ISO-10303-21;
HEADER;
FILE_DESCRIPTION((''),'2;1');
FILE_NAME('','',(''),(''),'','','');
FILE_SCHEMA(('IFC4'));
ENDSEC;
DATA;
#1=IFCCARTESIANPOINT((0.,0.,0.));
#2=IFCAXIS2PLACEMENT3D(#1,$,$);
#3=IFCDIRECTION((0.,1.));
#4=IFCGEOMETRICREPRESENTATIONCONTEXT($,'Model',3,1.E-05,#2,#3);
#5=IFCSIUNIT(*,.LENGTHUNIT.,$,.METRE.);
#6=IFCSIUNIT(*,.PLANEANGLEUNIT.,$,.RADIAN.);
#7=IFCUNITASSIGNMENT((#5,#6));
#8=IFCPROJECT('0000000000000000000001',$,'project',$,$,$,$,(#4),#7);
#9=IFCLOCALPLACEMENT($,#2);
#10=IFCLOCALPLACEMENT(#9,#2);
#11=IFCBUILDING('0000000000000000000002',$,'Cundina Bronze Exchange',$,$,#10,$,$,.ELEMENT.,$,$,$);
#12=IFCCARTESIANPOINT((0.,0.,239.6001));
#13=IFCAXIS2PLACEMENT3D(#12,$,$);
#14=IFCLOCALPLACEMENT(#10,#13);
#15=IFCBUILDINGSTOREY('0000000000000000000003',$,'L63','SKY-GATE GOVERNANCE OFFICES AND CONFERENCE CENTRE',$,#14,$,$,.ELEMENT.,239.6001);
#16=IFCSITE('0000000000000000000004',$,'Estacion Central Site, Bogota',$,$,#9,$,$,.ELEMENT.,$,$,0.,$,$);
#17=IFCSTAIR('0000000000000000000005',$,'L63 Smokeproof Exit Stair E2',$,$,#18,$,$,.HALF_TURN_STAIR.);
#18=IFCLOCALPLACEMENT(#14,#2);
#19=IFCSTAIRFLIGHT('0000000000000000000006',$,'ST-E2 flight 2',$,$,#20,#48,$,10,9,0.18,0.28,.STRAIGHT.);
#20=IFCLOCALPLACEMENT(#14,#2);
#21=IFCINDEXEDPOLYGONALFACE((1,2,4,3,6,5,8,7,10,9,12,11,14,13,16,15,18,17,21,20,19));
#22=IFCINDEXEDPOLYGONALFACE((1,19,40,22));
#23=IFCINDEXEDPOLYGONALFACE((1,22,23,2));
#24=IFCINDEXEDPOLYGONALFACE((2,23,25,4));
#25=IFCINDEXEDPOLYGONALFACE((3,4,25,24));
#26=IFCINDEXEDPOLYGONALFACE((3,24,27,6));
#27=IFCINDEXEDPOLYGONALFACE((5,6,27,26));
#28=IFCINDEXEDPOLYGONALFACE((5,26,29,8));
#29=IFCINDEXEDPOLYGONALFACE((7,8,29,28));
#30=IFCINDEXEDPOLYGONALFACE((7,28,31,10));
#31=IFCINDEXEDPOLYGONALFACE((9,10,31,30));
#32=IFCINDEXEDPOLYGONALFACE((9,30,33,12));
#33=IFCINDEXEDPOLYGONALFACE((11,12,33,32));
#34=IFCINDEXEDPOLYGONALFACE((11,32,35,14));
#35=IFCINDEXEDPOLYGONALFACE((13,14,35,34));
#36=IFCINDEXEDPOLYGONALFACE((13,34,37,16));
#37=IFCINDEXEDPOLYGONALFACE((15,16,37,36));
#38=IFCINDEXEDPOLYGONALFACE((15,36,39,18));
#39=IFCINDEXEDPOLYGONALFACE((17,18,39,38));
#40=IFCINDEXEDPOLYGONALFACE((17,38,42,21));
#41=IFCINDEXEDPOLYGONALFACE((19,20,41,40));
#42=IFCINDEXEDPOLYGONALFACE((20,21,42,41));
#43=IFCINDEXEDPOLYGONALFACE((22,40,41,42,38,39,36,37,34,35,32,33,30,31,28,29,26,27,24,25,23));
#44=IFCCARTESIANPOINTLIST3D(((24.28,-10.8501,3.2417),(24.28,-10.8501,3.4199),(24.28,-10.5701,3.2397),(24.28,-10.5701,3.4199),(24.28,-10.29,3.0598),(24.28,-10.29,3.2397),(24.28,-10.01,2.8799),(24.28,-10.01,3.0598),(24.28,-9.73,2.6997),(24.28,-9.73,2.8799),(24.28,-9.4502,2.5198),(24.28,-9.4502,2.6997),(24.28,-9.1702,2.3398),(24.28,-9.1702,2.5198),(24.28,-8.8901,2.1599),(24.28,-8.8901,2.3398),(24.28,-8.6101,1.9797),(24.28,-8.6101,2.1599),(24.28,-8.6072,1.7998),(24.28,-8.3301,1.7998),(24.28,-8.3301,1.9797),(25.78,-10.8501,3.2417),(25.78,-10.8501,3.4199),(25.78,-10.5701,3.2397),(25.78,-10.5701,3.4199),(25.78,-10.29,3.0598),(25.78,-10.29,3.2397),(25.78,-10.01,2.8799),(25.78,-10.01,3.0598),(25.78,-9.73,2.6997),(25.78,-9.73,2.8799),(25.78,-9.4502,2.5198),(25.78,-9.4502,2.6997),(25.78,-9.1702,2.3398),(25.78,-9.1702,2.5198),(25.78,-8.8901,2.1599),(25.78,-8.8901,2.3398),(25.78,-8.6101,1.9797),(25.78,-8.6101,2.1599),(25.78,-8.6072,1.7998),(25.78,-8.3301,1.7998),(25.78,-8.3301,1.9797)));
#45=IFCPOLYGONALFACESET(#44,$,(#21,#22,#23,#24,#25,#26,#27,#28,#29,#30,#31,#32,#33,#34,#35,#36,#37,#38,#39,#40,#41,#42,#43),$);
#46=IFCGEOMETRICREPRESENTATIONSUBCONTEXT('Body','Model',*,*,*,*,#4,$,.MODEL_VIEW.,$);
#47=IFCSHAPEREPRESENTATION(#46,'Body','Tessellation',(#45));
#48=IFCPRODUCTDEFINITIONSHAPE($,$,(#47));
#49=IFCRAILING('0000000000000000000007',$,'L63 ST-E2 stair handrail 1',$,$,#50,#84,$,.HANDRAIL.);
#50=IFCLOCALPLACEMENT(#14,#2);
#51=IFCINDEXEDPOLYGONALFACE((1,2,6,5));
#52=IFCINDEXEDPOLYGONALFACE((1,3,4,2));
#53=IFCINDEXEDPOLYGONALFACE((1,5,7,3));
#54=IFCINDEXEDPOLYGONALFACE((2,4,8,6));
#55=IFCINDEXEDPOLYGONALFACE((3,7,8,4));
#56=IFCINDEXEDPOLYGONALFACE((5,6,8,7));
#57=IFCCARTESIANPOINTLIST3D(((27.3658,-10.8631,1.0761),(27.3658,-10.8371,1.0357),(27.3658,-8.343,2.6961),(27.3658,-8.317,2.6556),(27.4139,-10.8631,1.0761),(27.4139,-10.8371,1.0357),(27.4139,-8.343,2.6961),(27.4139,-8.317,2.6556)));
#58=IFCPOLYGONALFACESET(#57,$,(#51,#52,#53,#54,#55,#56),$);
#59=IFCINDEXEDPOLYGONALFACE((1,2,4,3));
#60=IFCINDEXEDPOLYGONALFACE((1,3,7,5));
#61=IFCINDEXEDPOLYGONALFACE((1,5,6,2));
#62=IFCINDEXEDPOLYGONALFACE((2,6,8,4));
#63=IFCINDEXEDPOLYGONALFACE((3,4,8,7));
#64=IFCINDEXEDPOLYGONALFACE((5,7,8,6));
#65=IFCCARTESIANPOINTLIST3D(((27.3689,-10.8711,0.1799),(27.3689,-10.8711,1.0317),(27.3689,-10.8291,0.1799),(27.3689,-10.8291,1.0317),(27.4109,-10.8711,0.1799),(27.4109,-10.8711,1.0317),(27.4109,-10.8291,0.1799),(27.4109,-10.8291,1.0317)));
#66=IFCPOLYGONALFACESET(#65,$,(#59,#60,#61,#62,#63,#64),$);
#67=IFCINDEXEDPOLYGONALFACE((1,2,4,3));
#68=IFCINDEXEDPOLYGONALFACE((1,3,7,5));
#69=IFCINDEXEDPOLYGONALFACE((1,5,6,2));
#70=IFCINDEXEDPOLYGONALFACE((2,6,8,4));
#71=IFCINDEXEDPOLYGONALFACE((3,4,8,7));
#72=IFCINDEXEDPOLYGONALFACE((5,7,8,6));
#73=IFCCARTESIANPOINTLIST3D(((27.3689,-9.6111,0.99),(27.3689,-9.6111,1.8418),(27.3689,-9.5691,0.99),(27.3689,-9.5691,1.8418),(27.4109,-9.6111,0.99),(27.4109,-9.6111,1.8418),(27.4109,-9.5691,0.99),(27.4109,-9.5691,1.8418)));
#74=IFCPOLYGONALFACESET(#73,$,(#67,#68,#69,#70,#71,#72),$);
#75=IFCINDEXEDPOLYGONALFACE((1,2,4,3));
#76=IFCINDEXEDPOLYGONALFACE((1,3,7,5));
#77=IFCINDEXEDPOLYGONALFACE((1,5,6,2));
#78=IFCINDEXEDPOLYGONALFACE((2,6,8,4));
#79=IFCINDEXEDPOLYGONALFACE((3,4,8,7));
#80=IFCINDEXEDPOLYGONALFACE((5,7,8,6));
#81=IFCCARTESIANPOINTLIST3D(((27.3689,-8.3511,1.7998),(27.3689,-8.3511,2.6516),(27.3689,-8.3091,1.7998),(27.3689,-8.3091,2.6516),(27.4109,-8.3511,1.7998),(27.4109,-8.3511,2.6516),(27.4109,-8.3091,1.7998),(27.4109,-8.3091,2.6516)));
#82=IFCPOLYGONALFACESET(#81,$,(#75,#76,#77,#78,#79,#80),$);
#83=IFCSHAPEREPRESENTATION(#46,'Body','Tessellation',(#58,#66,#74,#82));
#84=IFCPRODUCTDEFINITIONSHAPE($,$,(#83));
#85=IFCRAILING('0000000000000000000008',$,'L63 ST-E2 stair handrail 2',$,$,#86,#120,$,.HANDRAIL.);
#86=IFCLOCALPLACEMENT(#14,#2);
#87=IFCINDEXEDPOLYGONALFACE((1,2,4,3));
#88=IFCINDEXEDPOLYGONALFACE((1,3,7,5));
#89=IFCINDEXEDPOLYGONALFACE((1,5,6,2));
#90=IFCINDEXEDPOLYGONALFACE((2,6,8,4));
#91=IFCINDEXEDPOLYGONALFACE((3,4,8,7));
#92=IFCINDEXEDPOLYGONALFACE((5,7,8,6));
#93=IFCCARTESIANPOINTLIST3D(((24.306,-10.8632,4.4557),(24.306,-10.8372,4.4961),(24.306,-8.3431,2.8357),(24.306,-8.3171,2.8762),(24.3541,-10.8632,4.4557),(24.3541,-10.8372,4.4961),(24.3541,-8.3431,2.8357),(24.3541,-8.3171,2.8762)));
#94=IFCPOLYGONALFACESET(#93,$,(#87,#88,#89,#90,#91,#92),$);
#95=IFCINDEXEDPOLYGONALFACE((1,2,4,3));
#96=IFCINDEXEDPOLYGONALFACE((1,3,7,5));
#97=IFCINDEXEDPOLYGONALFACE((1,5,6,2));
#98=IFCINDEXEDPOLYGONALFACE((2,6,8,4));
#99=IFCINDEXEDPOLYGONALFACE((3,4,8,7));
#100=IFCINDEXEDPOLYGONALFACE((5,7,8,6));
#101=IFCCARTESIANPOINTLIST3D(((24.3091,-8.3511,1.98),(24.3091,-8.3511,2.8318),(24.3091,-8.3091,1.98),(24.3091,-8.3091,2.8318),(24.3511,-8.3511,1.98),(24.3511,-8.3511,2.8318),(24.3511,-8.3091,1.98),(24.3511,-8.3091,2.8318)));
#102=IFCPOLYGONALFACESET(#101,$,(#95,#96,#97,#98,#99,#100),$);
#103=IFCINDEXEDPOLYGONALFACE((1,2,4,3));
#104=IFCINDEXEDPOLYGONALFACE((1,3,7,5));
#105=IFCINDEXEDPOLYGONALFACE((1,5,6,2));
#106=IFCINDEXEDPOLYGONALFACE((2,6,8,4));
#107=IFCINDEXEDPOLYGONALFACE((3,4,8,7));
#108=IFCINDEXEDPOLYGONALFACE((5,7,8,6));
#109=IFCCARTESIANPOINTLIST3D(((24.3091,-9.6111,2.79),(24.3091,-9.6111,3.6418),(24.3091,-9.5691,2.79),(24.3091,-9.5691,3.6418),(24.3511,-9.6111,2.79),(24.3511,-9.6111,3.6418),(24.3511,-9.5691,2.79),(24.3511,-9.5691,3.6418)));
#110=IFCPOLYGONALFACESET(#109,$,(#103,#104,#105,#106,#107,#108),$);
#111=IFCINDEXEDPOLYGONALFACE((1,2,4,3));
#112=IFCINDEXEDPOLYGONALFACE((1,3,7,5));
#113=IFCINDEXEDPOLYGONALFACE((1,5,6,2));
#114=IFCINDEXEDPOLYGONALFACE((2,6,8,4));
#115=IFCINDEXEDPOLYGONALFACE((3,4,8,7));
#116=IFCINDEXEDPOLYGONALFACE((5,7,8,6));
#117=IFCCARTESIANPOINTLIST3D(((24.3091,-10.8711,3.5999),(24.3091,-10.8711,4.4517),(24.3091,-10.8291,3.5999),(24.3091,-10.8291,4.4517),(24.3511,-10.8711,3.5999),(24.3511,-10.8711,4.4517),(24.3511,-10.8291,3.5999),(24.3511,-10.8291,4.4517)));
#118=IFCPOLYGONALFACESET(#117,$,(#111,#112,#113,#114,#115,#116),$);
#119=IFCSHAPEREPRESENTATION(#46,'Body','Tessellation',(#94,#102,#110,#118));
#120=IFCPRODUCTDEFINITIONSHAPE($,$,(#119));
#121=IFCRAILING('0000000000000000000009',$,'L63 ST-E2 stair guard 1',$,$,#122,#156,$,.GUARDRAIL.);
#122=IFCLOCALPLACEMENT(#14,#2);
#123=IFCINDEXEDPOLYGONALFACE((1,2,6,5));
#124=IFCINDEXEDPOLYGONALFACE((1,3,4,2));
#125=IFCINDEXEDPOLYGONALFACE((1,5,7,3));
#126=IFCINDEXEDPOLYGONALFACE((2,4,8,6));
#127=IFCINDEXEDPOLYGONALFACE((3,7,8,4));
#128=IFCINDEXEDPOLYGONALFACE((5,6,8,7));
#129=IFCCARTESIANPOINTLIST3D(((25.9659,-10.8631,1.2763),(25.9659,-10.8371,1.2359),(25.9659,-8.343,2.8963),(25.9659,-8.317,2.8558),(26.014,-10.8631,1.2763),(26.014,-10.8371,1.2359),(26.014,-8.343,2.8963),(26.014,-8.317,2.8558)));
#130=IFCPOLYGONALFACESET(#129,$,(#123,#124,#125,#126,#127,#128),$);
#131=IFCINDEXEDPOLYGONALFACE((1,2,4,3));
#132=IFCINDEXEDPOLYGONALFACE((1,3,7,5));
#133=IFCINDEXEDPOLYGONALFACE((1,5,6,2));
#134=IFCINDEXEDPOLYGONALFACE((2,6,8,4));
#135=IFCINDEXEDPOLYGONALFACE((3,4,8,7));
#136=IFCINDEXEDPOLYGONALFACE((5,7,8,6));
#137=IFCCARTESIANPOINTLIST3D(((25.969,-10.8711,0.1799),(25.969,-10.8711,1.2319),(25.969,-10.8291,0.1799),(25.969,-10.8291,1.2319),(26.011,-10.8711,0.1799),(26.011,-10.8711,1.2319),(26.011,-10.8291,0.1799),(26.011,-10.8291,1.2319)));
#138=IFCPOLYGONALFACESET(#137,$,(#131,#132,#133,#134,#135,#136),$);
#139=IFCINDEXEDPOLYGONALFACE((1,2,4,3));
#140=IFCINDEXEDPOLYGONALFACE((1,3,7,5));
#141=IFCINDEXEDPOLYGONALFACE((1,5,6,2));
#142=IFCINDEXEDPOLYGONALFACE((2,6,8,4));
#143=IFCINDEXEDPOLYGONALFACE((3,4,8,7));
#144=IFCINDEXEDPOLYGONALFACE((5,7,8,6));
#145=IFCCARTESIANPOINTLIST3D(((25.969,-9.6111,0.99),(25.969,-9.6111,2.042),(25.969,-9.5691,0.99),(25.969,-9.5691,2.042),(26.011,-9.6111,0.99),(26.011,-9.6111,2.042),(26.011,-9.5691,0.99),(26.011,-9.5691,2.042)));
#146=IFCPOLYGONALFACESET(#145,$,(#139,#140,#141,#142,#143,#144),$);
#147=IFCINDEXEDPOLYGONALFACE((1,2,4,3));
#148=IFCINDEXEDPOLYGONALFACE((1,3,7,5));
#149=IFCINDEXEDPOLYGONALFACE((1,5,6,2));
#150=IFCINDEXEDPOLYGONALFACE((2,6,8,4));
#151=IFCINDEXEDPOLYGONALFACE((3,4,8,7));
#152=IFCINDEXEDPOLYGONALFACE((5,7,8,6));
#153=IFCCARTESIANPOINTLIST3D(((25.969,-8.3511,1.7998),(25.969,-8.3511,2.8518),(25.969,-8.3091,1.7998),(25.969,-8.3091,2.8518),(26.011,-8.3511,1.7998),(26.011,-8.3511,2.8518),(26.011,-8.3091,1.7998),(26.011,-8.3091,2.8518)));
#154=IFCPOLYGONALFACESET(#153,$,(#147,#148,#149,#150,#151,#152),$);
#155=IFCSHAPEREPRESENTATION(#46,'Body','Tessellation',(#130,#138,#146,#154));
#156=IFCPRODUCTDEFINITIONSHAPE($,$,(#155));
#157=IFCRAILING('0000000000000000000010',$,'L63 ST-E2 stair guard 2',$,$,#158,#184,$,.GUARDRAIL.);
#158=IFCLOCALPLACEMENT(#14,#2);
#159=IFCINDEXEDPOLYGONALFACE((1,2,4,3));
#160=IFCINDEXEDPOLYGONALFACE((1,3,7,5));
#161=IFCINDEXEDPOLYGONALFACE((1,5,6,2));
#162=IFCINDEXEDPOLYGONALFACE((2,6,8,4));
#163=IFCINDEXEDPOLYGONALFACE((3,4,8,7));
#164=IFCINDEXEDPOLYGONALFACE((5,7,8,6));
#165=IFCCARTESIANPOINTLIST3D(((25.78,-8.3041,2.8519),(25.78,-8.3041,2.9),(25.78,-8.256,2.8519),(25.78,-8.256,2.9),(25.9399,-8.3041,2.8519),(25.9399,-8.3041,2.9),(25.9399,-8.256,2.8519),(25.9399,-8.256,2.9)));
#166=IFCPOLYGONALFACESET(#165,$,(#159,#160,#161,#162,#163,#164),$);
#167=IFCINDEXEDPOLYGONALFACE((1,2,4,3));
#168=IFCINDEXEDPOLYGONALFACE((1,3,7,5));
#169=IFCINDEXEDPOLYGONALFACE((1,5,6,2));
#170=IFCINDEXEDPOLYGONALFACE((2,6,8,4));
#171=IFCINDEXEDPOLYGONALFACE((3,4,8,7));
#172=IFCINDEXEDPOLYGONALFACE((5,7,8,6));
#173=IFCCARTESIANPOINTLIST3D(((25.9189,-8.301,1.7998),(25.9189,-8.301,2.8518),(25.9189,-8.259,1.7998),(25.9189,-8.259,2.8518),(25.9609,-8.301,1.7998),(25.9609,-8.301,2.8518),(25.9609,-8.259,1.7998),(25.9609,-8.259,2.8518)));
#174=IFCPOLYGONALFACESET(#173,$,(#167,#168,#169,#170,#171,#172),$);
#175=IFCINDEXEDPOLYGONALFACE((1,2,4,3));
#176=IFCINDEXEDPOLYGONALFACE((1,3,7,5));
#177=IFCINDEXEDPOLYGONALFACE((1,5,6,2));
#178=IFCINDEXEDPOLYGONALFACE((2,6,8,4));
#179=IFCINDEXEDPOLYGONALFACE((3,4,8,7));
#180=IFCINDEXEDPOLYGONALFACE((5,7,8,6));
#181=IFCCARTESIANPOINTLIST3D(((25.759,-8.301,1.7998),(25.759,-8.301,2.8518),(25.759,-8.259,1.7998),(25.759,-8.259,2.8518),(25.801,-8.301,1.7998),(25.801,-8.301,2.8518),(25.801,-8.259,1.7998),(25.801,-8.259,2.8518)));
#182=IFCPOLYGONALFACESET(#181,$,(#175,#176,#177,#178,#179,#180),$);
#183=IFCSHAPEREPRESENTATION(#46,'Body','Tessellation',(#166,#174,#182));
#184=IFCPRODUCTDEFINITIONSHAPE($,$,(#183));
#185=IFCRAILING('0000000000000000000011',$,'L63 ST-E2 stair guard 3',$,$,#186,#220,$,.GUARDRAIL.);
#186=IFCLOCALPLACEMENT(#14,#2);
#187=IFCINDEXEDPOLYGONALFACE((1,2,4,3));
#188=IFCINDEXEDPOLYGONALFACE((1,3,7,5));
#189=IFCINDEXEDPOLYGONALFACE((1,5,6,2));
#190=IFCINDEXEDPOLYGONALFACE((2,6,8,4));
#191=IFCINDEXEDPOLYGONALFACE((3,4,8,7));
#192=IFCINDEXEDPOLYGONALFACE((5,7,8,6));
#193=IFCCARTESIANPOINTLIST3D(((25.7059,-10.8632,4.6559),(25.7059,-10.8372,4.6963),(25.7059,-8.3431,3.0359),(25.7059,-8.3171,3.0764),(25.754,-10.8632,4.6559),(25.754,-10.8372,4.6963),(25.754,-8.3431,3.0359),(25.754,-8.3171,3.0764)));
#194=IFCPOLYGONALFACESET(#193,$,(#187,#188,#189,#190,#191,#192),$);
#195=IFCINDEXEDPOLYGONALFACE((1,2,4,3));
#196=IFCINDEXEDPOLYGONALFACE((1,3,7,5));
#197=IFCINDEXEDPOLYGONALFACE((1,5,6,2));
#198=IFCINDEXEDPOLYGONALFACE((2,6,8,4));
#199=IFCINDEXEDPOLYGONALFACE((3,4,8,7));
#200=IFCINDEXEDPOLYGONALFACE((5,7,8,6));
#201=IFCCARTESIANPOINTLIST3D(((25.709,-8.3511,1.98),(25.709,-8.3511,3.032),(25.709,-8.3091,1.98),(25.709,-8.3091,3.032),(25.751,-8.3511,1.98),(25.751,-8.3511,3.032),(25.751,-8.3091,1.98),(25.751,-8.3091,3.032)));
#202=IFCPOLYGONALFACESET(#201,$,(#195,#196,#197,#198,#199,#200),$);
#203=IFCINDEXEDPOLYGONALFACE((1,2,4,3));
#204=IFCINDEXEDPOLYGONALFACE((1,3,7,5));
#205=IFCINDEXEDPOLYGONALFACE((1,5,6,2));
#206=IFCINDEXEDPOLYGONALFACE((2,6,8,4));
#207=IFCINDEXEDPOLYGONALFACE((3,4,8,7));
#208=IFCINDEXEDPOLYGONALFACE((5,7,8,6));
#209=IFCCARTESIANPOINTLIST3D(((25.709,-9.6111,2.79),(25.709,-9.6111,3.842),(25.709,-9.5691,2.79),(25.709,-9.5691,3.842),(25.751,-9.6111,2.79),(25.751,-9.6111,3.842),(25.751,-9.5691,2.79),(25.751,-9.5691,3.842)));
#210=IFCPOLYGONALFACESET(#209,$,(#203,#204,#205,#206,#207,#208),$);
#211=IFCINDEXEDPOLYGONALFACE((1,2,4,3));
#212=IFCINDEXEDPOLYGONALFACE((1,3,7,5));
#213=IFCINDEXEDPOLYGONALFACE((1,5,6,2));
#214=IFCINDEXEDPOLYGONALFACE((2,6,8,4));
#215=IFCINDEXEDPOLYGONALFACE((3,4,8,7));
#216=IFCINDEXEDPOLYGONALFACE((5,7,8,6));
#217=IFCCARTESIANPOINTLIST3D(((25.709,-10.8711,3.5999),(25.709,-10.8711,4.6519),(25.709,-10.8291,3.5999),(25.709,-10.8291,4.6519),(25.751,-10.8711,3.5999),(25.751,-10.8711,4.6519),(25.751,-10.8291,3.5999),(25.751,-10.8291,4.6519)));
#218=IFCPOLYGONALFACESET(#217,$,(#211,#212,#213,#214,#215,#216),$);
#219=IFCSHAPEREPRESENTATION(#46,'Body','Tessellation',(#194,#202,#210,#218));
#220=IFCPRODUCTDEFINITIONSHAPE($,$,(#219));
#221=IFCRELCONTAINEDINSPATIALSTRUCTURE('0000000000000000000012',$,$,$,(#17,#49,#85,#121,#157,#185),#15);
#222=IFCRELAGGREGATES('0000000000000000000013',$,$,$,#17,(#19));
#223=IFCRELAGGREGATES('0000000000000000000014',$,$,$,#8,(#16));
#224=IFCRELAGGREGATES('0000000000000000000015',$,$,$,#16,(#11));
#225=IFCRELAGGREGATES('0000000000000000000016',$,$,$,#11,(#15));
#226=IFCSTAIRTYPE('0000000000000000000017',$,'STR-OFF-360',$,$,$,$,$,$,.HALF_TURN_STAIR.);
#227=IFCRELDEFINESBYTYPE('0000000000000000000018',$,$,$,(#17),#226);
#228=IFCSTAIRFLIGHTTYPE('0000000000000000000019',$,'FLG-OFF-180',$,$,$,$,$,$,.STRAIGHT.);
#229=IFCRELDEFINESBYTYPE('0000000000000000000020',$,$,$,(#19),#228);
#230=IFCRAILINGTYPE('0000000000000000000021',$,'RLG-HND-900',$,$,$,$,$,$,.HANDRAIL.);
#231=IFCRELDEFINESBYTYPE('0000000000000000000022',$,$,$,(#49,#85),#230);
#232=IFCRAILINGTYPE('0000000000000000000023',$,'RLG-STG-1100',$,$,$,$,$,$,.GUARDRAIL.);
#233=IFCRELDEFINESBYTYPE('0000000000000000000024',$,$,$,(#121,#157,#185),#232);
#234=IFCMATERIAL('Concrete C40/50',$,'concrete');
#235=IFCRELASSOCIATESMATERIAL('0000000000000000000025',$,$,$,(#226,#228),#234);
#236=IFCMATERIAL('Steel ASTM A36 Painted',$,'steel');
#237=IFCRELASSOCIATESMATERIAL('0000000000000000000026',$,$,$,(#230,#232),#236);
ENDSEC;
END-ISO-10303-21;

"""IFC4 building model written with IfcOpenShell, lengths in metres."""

from ifc_helpers import new_model, si_unit, direction, frame, origin, origin_2d, place, context, subcontext, project, spatial, polyline, rectangle, outline, extrude, material, type_object, element, aggregate, save


model = new_model("IFC4")

# Units and contexts
model_context = context("Model", 3, precision=1e-05, world=origin(), true_north=direction((0.0, 1.0)))
body_context = subcontext(model_context, "Body", "Model", "MODEL_VIEW")
ifc_project = project(units=[si_unit("LENGTHUNIT", "METRE"), si_unit("PLANEANGLEUNIT", "RADIAN")], contexts=[model_context])

# Site, building, storey
site_placement = place(None, origin())
site = spatial("IfcSite", under=ifc_project, at=site_placement, Name="Estacion Central Site, Bogota", CompositionType="ELEMENT", RefElevation=0.0)
building_placement = place(site_placement, origin())
building = spatial("IfcBuilding", under=site, at=building_placement, Name="Cundina Bronze Exchange", CompositionType="ELEMENT")
storey_placement = place(building_placement, frame((0.0, 0.0, 239.6001)))
storey = spatial("IfcBuildingStorey", under=building, at=storey_placement, Name="L63", Description="SKY-GATE GOVERNANCE OFFICES AND CONFERENCE CENTRE", CompositionType="ELEMENT", Elevation=239.6001)

# Shared definitions
ifc_material_1 = material(Name="Steel ASTM A36 Painted", Category="steel")

# Stair, stair flight
ifc_material_2 = material(Name="Concrete C40/50", Category="concrete")
stair_type = type_object("IfcStairType", Name="STR-OFF-360", PredefinedType="HALF_TURN_STAIR", material=ifc_material_2)
stair_placement = place(storey_placement, origin())
stair = element("IfcStair", 1, at=stair_placement, inside=storey, type_object=stair_type, Name="L63 Smokeproof Exit Stair E2", PredefinedType="HALF_TURN_STAIR")
stair_flight_type = type_object("IfcStairFlightType", Name="FLG-OFF-180", PredefinedType="STRAIGHT", material=ifc_material_2)
stair_flight_1_placement = place(storey_placement, frame((25.03, -8.3301, 1.7998), z_axis=(0.0, 0.0, 1.0), x_axis=(0.0, -1.0, 0.0)))
stair_flight_1 = element("IfcStairFlight", 2, at=stair_flight_1_placement, type_object=stair_flight_type, Name="ST-E2 flight 2", NumberOfRisers=10, NumberOfTreads=9, PredefinedType="STRAIGHT", RiserHeight=0.18, TreadLength=0.28, context=body_context, shape_type="SweptSolid", body=[
    extrude(outline(polyline([(0.0, 0.0), (0.0, 0.1799), (0.28, 0.1799), (0.28, 0.3601), (0.5601, 0.3601), (0.5601, 0.54), (0.8401, 0.54), (0.8401, 0.72), (1.1201, 0.72), (1.1201, 0.8999), (1.3999, 0.8999), (1.3999, 1.0801), (1.6799, 1.0801), (1.6799, 1.26), (1.96, 1.26), (1.96, 1.4399), (2.24, 1.4399), (2.24, 1.6201), (2.52, 1.6201), (2.52, 1.8), (2.52, 1.4419), (0.2771, 0.0), (0.0, 0.0)])), frame((0.0, 0.75, 0.0), z_axis=(0.0, -1.0, 0.0), x_axis=(1.0, 0.0, 0.0)), (0.0, 0.0, 1.0), 1.5),
])
aggregate(stair, [stair_flight_1])

# Railings
railing_type_1 = type_object("IfcRailingType", Name="RLG-HND-900", PredefinedType="HANDRAIL", material=ifc_material_1)
railing_1_placement = place(storey_placement, frame((27.3899, -10.8501, 0.1799)))
element("IfcRailing", 3, at=railing_1_placement, inside=storey, type_object=railing_type_1, Name="L63 ST-E2 stair handrail 1", PredefinedType="HANDRAIL", context=body_context, shape_type="SweptSolid", body=[
    extrude(rectangle(XDim=0.0481, YDim=0.0481, at=origin_2d()), frame((0.0, 0.0, 0.876), z_axis=(0.0, 0.8412, 0.540725), x_axis=(-1.0, 0.0, 0.0)), (0.0, 0.0, 1.0), 2.9958),
    extrude(rectangle(XDim=0.042, YDim=0.042, at=origin_2d()), origin(), (0.0, 0.0, 1.0), 0.8518),
    extrude(rectangle(XDim=0.042, YDim=0.042, at=origin_2d()), frame((0.0, 1.26, 0.8101)), (0.0, 0.0, 1.0), 0.8518),
    extrude(rectangle(XDim=0.042, YDim=0.042, at=origin_2d()), frame((0.0, 2.52, 1.6199)), (0.0, 0.0, 1.0), 0.8518),
])
railing_2_placement = place(storey_placement, frame((24.3301, -8.3301, 1.98)))
element("IfcRailing", 4, at=railing_2_placement, inside=storey, type_object=railing_type_1, Name="L63 ST-E2 stair handrail 2", PredefinedType="HANDRAIL", context=body_context, shape_type="SweptSolid", body=[
    extrude(rectangle(XDim=0.0481, YDim=0.0481, at=origin_2d()), frame((0.0, 0.0, 0.876), z_axis=(0.0, -0.8412, 0.540725), x_axis=(1.0, 0.0, 0.0)), (0.0, 0.0, 1.0), 2.9958),
    extrude(rectangle(XDim=0.042, YDim=0.042, at=origin_2d()), origin(), (0.0, 0.0, 1.0), 0.8518),
    extrude(rectangle(XDim=0.042, YDim=0.042, at=origin_2d()), frame((0.0, -1.26, 0.8101)), (0.0, 0.0, 1.0), 0.8518),
    extrude(rectangle(XDim=0.042, YDim=0.042, at=origin_2d()), frame((0.0, -2.52, 1.6199)), (0.0, 0.0, 1.0), 0.8518),
])
railing_type_2 = type_object("IfcRailingType", Name="RLG-STG-1100", PredefinedType="GUARDRAIL", material=ifc_material_1)
railing_3_placement = place(storey_placement, frame((25.99, -10.8501, 0.1799)))
element("IfcRailing", 5, at=railing_3_placement, inside=storey, type_object=railing_type_2, Name="L63 ST-E2 stair guard 1", PredefinedType="GUARDRAIL", context=body_context, shape_type="SweptSolid", body=[
    extrude(rectangle(XDim=0.0481, YDim=0.0481, at=origin_2d()), frame((0.0, 0.0, 1.0762), z_axis=(0.0, 0.8412, 0.540725), x_axis=(-1.0, 0.0, 0.0)), (0.0, 0.0, 1.0), 2.9958),
    extrude(rectangle(XDim=0.042, YDim=0.042, at=origin_2d()), origin(), (0.0, 0.0, 1.0), 1.052),
    extrude(rectangle(XDim=0.042, YDim=0.042, at=origin_2d()), frame((0.0, 1.26, 0.8101)), (0.0, 0.0, 1.0), 1.052),
    extrude(rectangle(XDim=0.042, YDim=0.042, at=origin_2d()), frame((0.0, 2.52, 1.6199)), (0.0, 0.0, 1.0), 1.052),
])
railing_4_placement = place(storey_placement, frame((25.9399, -8.28, 1.7998)))
element("IfcRailing", 6, at=railing_4_placement, inside=storey, type_object=railing_type_2, Name="L63 ST-E2 stair guard 2", PredefinedType="GUARDRAIL", context=body_context, shape_type="SweptSolid", body=[
    extrude(rectangle(XDim=0.0481, YDim=0.0481, at=origin_2d()), frame((0.0, 0.0, 1.0762), z_axis=(-1.0, 0.0, 0.0), x_axis=(0.0, -1.0, 0.0)), (0.0, 0.0, 1.0), 0.1599),
    extrude(rectangle(XDim=0.042, YDim=0.042, at=origin_2d()), origin(), (0.0, 0.0, 1.0), 1.052),
    extrude(rectangle(XDim=0.042, YDim=0.042, at=origin_2d()), frame((-0.1599, 0.0, 0.0)), (0.0, 0.0, 1.0), 1.052),
])
railing_5_placement = place(storey_placement, frame((25.73, -8.3301, 1.98)))
element("IfcRailing", 7, at=railing_5_placement, inside=storey, type_object=railing_type_2, Name="L63 ST-E2 stair guard 3", PredefinedType="GUARDRAIL", context=body_context, shape_type="SweptSolid", body=[
    extrude(rectangle(XDim=0.0481, YDim=0.0481, at=origin_2d()), frame((0.0, 0.0, 1.0762), z_axis=(0.0, -0.8412, 0.540725), x_axis=(1.0, 0.0, 0.0)), (0.0, 0.0, 1.0), 2.9958),
    extrude(rectangle(XDim=0.042, YDim=0.042, at=origin_2d()), origin(), (0.0, 0.0, 1.0), 1.052),
    extrude(rectangle(XDim=0.042, YDim=0.042, at=origin_2d()), frame((0.0, -1.26, 0.8101)), (0.0, 0.0, 1.0), 1.052),
    extrude(rectangle(XDim=0.042, YDim=0.042, at=origin_2d()), frame((0.0, -2.52, 1.6199)), (0.0, 0.0, 1.0), 1.052),
])

save(model, "model.ifc")
